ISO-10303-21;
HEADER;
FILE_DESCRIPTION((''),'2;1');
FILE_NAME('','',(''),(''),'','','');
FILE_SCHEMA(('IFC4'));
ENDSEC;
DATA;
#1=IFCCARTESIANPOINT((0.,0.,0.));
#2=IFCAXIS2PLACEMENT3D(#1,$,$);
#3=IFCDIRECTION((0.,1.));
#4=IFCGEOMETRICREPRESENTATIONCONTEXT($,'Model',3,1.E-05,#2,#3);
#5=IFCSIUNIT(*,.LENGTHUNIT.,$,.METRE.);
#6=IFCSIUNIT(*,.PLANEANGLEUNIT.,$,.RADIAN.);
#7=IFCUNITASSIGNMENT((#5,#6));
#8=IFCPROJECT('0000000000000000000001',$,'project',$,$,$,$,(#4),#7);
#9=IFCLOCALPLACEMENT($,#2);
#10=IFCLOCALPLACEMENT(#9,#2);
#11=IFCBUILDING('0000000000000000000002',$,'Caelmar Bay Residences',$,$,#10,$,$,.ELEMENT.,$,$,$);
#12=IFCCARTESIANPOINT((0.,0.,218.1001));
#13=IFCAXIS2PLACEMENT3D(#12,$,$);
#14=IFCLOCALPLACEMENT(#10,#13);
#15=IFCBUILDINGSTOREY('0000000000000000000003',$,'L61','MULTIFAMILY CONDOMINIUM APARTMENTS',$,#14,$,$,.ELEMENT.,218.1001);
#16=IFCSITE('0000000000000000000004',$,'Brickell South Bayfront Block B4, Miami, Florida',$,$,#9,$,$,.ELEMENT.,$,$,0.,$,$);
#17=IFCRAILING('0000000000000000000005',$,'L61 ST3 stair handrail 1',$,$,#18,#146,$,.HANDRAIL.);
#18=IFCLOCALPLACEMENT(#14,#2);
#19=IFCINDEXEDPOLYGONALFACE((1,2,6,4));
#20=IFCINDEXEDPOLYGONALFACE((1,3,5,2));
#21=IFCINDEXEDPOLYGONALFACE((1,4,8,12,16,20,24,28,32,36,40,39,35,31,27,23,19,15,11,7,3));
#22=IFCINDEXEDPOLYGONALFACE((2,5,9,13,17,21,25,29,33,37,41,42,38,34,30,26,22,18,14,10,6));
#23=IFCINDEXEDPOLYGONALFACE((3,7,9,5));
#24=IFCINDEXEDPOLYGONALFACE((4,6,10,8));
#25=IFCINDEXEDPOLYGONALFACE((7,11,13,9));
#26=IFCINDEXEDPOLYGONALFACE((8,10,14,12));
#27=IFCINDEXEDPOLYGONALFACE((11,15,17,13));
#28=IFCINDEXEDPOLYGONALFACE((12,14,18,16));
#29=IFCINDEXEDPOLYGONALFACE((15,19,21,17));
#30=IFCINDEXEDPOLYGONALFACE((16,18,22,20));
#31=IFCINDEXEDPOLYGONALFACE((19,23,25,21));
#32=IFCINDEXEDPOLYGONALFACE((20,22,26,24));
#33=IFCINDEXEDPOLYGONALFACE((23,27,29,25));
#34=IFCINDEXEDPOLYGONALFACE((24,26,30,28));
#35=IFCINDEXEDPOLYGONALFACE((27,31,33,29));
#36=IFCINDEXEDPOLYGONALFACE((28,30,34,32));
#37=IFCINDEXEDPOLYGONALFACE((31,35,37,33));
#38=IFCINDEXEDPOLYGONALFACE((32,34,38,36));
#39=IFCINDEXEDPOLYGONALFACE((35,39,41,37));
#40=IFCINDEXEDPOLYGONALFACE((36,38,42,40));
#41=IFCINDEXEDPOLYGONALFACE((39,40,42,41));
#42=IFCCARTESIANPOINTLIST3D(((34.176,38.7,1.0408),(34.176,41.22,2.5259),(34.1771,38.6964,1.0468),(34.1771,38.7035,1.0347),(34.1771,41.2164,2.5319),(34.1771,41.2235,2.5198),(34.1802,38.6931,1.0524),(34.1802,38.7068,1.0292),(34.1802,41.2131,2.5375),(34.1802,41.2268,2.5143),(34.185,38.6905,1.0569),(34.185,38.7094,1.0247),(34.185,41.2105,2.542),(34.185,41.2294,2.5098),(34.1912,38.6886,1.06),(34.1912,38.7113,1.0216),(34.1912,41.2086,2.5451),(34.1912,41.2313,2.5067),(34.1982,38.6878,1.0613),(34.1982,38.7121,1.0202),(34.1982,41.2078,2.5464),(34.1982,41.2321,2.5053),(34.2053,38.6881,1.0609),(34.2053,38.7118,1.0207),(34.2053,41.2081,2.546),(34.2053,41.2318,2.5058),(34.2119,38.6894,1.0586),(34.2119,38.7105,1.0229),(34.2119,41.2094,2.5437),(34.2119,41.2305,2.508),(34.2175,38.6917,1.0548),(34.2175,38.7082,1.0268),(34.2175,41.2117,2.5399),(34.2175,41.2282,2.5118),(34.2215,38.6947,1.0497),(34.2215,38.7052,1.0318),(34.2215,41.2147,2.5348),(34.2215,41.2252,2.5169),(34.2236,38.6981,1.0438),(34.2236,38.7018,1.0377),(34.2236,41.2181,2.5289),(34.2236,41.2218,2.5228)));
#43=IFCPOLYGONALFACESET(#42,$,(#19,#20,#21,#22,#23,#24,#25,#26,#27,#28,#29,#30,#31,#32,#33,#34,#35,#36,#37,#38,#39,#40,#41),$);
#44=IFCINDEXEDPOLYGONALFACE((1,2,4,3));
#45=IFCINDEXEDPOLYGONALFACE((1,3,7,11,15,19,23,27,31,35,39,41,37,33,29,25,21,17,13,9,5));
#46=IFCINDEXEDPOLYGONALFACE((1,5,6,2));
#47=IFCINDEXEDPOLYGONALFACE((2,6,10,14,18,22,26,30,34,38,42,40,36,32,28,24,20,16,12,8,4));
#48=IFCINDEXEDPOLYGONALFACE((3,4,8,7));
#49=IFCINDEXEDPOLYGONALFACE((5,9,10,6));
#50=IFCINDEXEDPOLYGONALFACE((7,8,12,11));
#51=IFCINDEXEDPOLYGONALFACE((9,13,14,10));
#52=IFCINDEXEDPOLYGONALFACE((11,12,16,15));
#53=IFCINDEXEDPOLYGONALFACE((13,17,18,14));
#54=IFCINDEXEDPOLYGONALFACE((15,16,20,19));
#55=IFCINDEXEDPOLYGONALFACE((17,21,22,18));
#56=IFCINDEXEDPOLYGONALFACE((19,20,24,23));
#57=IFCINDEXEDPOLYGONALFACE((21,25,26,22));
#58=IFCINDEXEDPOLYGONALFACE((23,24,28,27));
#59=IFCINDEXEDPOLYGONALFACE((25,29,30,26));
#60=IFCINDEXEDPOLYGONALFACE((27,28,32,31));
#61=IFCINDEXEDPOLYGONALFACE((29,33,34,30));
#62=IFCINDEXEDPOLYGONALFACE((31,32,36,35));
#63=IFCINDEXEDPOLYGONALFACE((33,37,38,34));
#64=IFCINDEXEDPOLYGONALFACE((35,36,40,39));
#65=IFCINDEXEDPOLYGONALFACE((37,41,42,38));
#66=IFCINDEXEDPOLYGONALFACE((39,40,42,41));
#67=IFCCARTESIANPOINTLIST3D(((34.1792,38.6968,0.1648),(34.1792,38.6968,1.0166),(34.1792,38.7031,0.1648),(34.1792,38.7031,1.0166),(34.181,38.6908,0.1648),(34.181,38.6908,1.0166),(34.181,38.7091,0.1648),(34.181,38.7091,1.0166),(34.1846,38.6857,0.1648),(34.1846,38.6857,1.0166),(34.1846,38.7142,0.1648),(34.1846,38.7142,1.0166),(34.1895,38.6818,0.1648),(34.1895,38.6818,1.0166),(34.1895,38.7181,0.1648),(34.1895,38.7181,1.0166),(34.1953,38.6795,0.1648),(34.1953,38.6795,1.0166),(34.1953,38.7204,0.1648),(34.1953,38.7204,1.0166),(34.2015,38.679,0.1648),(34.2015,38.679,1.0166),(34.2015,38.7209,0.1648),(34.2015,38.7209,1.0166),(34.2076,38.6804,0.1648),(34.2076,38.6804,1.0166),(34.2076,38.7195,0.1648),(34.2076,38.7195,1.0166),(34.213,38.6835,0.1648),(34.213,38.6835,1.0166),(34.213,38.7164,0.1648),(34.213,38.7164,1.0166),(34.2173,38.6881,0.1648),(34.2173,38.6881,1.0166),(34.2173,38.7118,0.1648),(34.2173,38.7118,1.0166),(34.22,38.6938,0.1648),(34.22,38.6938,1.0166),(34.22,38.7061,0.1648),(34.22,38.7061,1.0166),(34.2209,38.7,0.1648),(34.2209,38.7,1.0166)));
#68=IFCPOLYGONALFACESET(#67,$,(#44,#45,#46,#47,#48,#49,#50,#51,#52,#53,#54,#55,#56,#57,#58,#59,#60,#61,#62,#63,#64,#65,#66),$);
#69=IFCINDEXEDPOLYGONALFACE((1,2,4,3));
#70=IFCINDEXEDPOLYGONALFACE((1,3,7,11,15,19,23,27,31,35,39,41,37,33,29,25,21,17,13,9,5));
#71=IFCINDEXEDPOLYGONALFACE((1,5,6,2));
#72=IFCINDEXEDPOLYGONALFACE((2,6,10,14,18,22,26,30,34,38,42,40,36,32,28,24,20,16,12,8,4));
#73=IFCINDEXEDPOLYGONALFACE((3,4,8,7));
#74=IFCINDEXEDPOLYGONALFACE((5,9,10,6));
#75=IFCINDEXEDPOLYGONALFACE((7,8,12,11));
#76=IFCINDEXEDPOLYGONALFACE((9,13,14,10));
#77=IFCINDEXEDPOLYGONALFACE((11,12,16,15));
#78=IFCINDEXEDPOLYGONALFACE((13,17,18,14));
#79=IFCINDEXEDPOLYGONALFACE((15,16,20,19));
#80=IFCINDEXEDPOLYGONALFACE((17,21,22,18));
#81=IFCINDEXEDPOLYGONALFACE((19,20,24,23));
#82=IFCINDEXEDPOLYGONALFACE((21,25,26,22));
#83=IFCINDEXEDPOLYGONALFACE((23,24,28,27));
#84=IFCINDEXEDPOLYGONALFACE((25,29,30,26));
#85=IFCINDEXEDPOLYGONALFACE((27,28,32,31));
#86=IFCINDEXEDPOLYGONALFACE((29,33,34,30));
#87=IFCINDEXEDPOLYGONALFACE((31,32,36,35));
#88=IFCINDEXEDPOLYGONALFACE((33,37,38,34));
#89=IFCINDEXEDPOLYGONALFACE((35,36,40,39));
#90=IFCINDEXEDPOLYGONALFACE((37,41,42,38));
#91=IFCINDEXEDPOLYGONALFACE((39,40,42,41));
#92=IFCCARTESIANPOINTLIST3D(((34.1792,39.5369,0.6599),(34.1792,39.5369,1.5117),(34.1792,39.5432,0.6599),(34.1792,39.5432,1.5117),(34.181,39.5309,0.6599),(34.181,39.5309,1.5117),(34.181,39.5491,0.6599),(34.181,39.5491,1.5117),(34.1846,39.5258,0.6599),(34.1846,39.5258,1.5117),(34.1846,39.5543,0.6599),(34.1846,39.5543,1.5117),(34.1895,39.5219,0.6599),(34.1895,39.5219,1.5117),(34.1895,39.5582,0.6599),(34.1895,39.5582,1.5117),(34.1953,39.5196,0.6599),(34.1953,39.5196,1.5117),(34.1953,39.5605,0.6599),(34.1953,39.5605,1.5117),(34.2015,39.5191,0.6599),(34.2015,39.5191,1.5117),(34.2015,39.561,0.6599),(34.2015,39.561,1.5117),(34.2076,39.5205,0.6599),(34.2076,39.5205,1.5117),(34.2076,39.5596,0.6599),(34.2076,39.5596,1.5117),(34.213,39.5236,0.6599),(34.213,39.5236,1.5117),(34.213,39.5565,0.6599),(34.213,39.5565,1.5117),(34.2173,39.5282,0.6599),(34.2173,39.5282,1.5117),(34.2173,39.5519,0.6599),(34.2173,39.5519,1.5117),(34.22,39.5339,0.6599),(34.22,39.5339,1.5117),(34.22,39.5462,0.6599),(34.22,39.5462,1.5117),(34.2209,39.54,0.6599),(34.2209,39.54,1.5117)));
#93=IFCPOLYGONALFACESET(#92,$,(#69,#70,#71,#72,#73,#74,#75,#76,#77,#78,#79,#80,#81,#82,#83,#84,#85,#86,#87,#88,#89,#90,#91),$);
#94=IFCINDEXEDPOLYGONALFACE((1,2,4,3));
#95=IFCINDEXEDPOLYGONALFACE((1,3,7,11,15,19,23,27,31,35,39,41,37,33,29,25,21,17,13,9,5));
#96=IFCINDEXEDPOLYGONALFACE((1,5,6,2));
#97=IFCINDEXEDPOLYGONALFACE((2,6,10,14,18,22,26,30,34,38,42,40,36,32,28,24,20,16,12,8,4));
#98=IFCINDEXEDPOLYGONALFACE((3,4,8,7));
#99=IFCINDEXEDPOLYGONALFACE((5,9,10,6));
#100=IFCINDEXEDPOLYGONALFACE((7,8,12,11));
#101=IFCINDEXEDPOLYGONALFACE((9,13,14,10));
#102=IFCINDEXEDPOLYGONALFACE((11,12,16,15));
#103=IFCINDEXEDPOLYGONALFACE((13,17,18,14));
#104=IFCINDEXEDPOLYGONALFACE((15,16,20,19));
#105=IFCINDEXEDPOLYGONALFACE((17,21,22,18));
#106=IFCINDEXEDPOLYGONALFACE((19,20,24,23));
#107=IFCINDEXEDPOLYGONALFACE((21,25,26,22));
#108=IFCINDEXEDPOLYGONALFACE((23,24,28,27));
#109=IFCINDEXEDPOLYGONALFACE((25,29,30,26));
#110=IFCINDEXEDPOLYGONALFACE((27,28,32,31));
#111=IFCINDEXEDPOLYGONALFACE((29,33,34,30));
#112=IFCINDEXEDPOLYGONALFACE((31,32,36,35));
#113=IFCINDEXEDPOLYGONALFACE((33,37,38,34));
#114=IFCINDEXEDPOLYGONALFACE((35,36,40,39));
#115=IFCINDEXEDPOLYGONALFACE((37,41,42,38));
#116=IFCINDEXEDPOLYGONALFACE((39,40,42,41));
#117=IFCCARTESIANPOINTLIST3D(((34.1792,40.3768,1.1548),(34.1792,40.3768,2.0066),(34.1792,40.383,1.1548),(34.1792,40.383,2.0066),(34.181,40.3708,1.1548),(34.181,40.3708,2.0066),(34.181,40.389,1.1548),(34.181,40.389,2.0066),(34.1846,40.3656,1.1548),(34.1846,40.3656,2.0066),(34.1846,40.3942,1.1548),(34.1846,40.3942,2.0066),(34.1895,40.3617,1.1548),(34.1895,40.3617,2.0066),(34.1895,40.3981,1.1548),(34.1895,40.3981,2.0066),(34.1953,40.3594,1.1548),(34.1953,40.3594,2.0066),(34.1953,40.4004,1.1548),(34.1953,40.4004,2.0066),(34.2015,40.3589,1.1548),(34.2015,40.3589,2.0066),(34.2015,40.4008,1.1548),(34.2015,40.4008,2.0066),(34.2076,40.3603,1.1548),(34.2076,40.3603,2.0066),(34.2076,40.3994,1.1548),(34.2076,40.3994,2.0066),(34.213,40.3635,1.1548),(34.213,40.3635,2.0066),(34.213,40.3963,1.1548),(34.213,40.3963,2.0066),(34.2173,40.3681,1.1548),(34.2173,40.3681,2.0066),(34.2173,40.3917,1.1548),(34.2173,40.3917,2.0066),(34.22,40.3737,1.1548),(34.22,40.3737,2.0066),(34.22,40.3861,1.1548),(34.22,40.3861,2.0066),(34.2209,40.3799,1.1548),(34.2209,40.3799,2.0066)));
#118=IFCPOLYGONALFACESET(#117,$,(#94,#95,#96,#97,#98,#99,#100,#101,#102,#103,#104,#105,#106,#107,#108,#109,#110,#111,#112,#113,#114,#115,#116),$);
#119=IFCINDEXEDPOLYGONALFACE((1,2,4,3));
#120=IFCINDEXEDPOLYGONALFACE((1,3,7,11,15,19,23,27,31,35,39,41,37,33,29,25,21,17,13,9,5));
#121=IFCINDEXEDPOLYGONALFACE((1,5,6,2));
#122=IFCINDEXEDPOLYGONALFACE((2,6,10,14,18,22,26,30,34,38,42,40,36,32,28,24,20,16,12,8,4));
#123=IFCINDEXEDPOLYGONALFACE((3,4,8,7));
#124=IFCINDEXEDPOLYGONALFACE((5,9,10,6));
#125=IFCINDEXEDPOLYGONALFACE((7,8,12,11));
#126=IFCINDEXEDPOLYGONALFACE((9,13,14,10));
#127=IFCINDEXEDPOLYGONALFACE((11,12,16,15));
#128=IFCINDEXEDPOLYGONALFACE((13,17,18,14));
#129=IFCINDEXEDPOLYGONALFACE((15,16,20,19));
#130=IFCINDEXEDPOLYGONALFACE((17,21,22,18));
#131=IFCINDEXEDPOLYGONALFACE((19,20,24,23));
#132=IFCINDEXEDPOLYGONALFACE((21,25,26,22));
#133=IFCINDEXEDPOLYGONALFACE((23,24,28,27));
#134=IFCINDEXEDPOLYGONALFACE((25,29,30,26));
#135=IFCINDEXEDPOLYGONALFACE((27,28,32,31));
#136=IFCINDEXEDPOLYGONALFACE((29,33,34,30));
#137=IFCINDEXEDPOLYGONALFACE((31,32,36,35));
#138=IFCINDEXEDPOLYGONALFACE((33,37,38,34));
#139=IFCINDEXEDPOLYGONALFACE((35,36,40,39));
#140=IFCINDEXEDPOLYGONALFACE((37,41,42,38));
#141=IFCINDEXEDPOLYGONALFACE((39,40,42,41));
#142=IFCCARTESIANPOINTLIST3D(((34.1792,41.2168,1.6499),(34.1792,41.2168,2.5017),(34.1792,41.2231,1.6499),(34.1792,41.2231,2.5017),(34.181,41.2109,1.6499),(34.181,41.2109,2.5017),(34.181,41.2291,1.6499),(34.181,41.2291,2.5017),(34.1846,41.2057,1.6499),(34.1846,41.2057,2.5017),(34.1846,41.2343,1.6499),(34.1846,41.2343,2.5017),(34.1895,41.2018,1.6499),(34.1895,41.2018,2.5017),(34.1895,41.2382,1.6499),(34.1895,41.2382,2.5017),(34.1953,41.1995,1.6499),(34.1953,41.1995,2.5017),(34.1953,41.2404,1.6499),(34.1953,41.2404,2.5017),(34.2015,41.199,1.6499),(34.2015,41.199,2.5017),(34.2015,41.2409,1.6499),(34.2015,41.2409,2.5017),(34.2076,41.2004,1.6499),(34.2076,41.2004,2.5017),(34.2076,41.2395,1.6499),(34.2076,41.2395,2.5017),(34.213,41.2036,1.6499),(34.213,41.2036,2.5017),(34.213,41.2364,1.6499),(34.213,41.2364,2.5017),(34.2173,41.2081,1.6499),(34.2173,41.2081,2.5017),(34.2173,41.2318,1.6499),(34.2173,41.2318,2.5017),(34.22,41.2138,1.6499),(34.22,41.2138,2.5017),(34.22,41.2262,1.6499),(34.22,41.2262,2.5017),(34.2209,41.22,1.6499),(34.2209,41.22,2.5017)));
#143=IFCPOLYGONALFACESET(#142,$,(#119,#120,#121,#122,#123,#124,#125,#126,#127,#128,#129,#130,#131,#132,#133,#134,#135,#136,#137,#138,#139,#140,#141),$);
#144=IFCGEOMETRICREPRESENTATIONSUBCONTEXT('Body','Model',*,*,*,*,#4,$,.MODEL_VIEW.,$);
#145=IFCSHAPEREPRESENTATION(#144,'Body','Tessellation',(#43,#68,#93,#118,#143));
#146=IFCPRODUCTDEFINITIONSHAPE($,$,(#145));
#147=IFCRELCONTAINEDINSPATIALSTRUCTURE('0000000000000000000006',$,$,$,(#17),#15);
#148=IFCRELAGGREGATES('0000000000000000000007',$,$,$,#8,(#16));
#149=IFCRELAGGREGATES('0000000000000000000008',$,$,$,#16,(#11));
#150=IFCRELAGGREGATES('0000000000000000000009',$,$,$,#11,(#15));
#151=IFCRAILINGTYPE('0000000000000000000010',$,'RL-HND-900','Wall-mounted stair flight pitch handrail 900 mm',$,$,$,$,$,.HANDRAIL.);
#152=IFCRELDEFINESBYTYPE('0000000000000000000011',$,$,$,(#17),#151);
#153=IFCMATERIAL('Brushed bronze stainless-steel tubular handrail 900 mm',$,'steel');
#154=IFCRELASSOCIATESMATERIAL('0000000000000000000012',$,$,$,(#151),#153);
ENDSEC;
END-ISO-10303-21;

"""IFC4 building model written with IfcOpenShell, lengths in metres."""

from ifc_helpers import new_model, si_unit, direction, frame, origin, origin_2d, place, context, subcontext, project, spatial, circle, extrude, material, type_object, element, save


model = new_model("IFC4")

# Units and contexts
model_context = context("Model", 3, precision=1e-05, world=origin(), true_north=direction((0.0, 1.0)))
body_context = subcontext(model_context, "Body", "Model", "MODEL_VIEW")
ifc_project = project(units=[si_unit("LENGTHUNIT", "METRE"), si_unit("PLANEANGLEUNIT", "RADIAN")], contexts=[model_context])

# Site, building, storey
site_placement = place(None, origin())
site = spatial("IfcSite", under=ifc_project, at=site_placement, Name="Brickell South Bayfront Block B4, Miami, Florida", CompositionType="ELEMENT", RefElevation=0.0)
building_placement = place(site_placement, origin())
building = spatial("IfcBuilding", under=site, at=building_placement, Name="Caelmar Bay Residences", CompositionType="ELEMENT")
storey_placement = place(building_placement, frame((0.0, 0.0, 218.1001)))
storey = spatial("IfcBuildingStorey", under=building, at=storey_placement, Name="L61", Description="MULTIFAMILY CONDOMINIUM APARTMENTS", CompositionType="ELEMENT", Elevation=218.1001)

# Railing
ifc_material_1 = material(Name="Brushed bronze stainless-steel tubular handrail 900 mm", Category="steel")
railing_type_1 = type_object("IfcRailingType", Name="RL-HND-900", Description="Wall-mounted stair flight pitch handrail 900 mm", PredefinedType="HANDRAIL", material=ifc_material_1)
railing_1_placement = place(storey_placement, frame((34.2, 38.7, 0.1648)))
element("IfcRailing", 1, at=railing_1_placement, inside=storey, type_object=railing_type_1, Name="L61 ST3 stair handrail 1", PredefinedType="HANDRAIL", context=body_context, shape_type="SweptSolid", body=[
    extrude(circle(Radius=0.0239, at=origin_2d()), frame((0.0, 0.0, 0.876), z_axis=(0.0, 0.861524, 0.507717), x_axis=(-1.0, 0.0, 0.0)), (0.0, 0.0, 1.0), 2.925),
    extrude(circle(Radius=0.021, at=origin_2d()), origin(), (0.0, 0.0, 1.0), 0.8518),
    extrude(circle(Radius=0.021, at=origin_2d()), frame((0.0, 0.8401, 0.4951)), (0.0, 0.0, 1.0), 0.8518),
    extrude(circle(Radius=0.021, at=origin_2d()), frame((0.0, 1.6799, 0.99)), (0.0, 0.0, 1.0), 0.8518),
    extrude(circle(Radius=0.021, at=origin_2d()), frame((0.0, 2.52, 1.4851)), (0.0, 0.0, 1.0), 0.8518),
])

save(model, "model.ifc")
